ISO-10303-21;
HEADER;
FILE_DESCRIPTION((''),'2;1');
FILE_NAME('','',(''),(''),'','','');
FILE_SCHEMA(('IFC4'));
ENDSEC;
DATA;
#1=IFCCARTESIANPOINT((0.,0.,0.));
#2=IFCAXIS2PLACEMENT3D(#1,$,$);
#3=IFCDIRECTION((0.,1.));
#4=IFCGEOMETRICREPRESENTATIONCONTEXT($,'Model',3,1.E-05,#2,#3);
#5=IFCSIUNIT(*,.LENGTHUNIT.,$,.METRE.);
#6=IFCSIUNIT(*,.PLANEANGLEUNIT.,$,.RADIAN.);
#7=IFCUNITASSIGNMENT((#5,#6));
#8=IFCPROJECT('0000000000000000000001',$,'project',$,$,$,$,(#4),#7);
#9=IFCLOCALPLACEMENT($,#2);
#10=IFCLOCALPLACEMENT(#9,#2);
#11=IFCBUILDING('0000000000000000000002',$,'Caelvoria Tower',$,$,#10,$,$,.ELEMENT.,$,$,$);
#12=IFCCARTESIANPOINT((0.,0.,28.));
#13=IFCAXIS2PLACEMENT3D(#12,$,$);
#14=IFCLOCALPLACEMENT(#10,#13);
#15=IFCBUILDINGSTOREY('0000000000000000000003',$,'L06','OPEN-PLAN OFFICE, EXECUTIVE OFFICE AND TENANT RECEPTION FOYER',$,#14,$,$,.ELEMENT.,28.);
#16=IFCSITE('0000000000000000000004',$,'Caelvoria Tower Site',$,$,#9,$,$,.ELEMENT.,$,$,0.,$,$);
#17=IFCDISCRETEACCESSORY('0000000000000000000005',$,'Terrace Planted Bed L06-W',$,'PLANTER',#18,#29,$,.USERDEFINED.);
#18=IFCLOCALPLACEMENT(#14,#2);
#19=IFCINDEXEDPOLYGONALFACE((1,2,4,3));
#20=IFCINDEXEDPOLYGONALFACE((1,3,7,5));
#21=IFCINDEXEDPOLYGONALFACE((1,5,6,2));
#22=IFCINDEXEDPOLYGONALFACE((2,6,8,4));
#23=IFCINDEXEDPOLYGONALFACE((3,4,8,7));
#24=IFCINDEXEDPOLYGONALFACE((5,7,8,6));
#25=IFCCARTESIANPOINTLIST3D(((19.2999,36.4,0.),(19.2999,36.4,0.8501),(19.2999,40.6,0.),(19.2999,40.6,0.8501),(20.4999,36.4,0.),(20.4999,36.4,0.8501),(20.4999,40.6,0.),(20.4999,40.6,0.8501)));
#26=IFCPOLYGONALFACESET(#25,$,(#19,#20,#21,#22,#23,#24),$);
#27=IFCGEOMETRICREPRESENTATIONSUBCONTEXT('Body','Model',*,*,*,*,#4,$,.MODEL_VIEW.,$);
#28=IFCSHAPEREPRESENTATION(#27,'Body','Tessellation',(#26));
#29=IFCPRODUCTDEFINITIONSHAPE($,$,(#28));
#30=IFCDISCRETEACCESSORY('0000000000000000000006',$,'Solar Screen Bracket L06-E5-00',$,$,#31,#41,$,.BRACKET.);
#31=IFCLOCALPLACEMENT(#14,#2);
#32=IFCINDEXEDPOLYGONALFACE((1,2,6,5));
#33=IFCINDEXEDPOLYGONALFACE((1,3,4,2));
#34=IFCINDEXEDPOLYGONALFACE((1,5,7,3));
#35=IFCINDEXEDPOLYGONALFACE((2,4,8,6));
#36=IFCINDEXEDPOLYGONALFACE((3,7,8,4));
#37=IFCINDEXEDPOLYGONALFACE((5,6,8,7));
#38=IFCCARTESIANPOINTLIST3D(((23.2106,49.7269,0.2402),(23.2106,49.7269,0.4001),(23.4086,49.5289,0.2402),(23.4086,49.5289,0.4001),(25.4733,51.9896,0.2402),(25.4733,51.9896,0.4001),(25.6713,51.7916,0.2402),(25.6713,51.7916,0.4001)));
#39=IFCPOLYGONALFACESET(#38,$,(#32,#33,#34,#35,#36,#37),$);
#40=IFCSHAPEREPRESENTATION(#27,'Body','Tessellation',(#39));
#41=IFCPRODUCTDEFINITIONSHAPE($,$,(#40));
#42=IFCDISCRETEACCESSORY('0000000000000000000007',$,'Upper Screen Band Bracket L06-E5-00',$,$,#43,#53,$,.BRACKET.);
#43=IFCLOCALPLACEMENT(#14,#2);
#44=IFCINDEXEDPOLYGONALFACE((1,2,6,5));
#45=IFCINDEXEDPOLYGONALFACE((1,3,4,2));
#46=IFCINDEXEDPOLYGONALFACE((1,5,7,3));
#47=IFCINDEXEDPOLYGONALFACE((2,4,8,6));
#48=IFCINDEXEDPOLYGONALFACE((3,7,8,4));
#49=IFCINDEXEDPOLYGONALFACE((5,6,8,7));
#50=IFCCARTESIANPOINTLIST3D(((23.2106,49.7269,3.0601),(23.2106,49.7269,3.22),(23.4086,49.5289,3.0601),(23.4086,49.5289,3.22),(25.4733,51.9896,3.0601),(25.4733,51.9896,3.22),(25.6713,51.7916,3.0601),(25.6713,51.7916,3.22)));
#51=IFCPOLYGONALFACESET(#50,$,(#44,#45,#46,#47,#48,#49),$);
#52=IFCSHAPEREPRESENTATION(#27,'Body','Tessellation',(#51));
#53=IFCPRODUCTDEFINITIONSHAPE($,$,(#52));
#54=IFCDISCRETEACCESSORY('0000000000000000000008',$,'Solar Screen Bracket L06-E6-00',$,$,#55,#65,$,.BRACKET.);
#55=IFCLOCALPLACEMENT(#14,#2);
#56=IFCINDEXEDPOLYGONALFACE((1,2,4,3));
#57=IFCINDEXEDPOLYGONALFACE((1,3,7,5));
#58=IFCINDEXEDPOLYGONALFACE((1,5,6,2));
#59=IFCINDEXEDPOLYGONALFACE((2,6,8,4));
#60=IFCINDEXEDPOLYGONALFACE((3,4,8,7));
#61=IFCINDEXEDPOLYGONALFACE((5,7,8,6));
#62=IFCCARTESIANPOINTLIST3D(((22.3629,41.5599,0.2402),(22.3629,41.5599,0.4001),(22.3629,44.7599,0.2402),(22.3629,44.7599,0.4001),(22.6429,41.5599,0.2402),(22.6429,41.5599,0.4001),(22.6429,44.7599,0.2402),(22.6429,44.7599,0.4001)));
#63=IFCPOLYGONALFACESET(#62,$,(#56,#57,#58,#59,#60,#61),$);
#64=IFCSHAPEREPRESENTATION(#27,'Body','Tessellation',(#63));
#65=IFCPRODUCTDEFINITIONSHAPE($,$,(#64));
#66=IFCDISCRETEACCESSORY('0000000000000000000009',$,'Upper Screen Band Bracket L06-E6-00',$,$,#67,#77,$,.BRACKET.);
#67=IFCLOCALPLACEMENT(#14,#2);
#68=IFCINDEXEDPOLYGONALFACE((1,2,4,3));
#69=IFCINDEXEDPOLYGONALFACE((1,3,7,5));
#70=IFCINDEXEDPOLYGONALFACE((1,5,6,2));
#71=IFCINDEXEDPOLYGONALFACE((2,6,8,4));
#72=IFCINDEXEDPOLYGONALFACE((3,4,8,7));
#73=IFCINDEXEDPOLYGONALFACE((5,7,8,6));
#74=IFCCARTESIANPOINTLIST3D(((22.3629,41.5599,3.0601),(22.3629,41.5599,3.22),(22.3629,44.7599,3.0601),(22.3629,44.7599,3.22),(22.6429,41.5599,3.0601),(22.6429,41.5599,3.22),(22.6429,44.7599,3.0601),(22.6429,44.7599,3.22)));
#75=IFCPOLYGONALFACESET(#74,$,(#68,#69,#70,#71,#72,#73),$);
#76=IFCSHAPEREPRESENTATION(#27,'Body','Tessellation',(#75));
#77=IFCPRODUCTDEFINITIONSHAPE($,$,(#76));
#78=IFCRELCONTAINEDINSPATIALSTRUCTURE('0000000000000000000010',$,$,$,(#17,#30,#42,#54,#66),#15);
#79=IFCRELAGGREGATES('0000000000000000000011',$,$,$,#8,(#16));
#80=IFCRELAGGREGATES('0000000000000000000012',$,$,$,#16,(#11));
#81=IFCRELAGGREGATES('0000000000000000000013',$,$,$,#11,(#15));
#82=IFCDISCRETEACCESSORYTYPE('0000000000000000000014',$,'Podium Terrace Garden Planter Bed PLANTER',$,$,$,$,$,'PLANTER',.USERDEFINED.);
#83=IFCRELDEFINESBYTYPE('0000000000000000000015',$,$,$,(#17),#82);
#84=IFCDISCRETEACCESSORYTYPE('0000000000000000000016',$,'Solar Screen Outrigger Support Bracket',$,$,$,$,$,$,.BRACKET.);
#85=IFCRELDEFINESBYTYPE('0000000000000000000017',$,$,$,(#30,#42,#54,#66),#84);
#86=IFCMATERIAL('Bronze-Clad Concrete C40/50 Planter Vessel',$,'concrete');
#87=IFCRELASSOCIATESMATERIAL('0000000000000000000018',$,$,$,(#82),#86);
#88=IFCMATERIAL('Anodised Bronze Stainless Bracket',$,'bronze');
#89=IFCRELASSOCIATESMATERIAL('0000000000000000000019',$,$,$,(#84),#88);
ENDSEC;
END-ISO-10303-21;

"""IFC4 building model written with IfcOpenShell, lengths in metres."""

from ifc_helpers import new_model, si_unit, direction, frame, origin, origin_2d, place, context, subcontext, project, spatial, rectangle, extrude, material, type_object, element, save


model = new_model("IFC4")

# Units and contexts
model_context = context("Model", 3, precision=1e-05, world=origin(), true_north=direction((0.0, 1.0)))
body_context = subcontext(model_context, "Body", "Model", "MODEL_VIEW")
ifc_project = project(units=[si_unit("LENGTHUNIT", "METRE"), si_unit("PLANEANGLEUNIT", "RADIAN")], contexts=[model_context])

# Site, building, storey
site_placement = place(None, origin())
site = spatial("IfcSite", under=ifc_project, at=site_placement, Name="Caelvoria Tower Site", CompositionType="ELEMENT", RefElevation=0.0)
building_placement = place(site_placement, origin())
building = spatial("IfcBuilding", under=site, at=building_placement, Name="Caelvoria Tower", CompositionType="ELEMENT")
storey_placement = place(building_placement, frame((0.0, 0.0, 28.0)))
storey = spatial("IfcBuildingStorey", under=building, at=storey_placement, Name="L06", Description="OPEN-PLAN OFFICE, EXECUTIVE OFFICE AND TENANT RECEPTION FOYER", CompositionType="ELEMENT", Elevation=28.0)

# Discrete accessories
ifc_material_1 = material(Name="Bronze-Clad Concrete C40/50 Planter Vessel", Category="concrete")
discrete_accessory_type_1 = type_object("IfcDiscreteAccessoryType", Name="Podium Terrace Garden Planter Bed PLANTER", ElementType="PLANTER", PredefinedType="USERDEFINED", material=ifc_material_1)
discrete_accessory_placement = place(storey_placement, frame((19.8999, 38.5, 0.0), z_axis=(0.0, 0.0, 1.0), x_axis=(1.0, 0.0, 0.0)))
element("IfcDiscreteAccessory", 1, at=discrete_accessory_placement, inside=storey, type_object=discrete_accessory_type_1, Name="Terrace Planted Bed L06-W", ObjectType="PLANTER", PredefinedType="USERDEFINED", context=body_context, shape_type="SweptSolid", body=[
    extrude(rectangle(XDim=1.2, YDim=4.2, at=origin_2d()), origin(), (0.0, 0.0, 1.0), 0.8501),
])
ifc_material_2 = material(Name="Anodised Bronze Stainless Bracket", Category="bronze")
discrete_accessory_type_2 = type_object("IfcDiscreteAccessoryType", Name="Solar Screen Outrigger Support Bracket", PredefinedType="BRACKET", material=ifc_material_2)
for number, where, z_axis, x_axis, name in (
    (2, (24.4409, 50.7593, 0.2402), (0.0, 0.0, 1.0), (-0.707107, -0.707107, 0.0), "Solar Screen Bracket L06-E5-00"),
    (3, (24.4409, 50.7593, 3.0601), (0.0, 0.0, 1.0), (-0.707107, -0.707107, 0.0), "Upper Screen Band Bracket L06-E5-00"),
    (4, (22.5029, 43.1599, 0.2402), (0.0, 0.0, 1.0), (0.0, -1.0, 0.0), "Solar Screen Bracket L06-E6-00"),
    (5, (22.5029, 43.1599, 3.0601), (0.0, 0.0, 1.0), (0.0, -1.0, 0.0), "Upper Screen Band Bracket L06-E6-00"),
):
    element("IfcDiscreteAccessory", number, at=place(storey_placement, frame(where, z_axis=z_axis, x_axis=x_axis)), inside=storey, type_object=discrete_accessory_type_2, Name=name, PredefinedType="BRACKET", context=body_context, shape_type="SweptSolid", body=[
        extrude(rectangle(XDim=3.2, YDim=0.28, at=origin_2d()), origin(), (0.0, 0.0, 1.0), 0.1599),
    ])

save(model, "model.ifc")
